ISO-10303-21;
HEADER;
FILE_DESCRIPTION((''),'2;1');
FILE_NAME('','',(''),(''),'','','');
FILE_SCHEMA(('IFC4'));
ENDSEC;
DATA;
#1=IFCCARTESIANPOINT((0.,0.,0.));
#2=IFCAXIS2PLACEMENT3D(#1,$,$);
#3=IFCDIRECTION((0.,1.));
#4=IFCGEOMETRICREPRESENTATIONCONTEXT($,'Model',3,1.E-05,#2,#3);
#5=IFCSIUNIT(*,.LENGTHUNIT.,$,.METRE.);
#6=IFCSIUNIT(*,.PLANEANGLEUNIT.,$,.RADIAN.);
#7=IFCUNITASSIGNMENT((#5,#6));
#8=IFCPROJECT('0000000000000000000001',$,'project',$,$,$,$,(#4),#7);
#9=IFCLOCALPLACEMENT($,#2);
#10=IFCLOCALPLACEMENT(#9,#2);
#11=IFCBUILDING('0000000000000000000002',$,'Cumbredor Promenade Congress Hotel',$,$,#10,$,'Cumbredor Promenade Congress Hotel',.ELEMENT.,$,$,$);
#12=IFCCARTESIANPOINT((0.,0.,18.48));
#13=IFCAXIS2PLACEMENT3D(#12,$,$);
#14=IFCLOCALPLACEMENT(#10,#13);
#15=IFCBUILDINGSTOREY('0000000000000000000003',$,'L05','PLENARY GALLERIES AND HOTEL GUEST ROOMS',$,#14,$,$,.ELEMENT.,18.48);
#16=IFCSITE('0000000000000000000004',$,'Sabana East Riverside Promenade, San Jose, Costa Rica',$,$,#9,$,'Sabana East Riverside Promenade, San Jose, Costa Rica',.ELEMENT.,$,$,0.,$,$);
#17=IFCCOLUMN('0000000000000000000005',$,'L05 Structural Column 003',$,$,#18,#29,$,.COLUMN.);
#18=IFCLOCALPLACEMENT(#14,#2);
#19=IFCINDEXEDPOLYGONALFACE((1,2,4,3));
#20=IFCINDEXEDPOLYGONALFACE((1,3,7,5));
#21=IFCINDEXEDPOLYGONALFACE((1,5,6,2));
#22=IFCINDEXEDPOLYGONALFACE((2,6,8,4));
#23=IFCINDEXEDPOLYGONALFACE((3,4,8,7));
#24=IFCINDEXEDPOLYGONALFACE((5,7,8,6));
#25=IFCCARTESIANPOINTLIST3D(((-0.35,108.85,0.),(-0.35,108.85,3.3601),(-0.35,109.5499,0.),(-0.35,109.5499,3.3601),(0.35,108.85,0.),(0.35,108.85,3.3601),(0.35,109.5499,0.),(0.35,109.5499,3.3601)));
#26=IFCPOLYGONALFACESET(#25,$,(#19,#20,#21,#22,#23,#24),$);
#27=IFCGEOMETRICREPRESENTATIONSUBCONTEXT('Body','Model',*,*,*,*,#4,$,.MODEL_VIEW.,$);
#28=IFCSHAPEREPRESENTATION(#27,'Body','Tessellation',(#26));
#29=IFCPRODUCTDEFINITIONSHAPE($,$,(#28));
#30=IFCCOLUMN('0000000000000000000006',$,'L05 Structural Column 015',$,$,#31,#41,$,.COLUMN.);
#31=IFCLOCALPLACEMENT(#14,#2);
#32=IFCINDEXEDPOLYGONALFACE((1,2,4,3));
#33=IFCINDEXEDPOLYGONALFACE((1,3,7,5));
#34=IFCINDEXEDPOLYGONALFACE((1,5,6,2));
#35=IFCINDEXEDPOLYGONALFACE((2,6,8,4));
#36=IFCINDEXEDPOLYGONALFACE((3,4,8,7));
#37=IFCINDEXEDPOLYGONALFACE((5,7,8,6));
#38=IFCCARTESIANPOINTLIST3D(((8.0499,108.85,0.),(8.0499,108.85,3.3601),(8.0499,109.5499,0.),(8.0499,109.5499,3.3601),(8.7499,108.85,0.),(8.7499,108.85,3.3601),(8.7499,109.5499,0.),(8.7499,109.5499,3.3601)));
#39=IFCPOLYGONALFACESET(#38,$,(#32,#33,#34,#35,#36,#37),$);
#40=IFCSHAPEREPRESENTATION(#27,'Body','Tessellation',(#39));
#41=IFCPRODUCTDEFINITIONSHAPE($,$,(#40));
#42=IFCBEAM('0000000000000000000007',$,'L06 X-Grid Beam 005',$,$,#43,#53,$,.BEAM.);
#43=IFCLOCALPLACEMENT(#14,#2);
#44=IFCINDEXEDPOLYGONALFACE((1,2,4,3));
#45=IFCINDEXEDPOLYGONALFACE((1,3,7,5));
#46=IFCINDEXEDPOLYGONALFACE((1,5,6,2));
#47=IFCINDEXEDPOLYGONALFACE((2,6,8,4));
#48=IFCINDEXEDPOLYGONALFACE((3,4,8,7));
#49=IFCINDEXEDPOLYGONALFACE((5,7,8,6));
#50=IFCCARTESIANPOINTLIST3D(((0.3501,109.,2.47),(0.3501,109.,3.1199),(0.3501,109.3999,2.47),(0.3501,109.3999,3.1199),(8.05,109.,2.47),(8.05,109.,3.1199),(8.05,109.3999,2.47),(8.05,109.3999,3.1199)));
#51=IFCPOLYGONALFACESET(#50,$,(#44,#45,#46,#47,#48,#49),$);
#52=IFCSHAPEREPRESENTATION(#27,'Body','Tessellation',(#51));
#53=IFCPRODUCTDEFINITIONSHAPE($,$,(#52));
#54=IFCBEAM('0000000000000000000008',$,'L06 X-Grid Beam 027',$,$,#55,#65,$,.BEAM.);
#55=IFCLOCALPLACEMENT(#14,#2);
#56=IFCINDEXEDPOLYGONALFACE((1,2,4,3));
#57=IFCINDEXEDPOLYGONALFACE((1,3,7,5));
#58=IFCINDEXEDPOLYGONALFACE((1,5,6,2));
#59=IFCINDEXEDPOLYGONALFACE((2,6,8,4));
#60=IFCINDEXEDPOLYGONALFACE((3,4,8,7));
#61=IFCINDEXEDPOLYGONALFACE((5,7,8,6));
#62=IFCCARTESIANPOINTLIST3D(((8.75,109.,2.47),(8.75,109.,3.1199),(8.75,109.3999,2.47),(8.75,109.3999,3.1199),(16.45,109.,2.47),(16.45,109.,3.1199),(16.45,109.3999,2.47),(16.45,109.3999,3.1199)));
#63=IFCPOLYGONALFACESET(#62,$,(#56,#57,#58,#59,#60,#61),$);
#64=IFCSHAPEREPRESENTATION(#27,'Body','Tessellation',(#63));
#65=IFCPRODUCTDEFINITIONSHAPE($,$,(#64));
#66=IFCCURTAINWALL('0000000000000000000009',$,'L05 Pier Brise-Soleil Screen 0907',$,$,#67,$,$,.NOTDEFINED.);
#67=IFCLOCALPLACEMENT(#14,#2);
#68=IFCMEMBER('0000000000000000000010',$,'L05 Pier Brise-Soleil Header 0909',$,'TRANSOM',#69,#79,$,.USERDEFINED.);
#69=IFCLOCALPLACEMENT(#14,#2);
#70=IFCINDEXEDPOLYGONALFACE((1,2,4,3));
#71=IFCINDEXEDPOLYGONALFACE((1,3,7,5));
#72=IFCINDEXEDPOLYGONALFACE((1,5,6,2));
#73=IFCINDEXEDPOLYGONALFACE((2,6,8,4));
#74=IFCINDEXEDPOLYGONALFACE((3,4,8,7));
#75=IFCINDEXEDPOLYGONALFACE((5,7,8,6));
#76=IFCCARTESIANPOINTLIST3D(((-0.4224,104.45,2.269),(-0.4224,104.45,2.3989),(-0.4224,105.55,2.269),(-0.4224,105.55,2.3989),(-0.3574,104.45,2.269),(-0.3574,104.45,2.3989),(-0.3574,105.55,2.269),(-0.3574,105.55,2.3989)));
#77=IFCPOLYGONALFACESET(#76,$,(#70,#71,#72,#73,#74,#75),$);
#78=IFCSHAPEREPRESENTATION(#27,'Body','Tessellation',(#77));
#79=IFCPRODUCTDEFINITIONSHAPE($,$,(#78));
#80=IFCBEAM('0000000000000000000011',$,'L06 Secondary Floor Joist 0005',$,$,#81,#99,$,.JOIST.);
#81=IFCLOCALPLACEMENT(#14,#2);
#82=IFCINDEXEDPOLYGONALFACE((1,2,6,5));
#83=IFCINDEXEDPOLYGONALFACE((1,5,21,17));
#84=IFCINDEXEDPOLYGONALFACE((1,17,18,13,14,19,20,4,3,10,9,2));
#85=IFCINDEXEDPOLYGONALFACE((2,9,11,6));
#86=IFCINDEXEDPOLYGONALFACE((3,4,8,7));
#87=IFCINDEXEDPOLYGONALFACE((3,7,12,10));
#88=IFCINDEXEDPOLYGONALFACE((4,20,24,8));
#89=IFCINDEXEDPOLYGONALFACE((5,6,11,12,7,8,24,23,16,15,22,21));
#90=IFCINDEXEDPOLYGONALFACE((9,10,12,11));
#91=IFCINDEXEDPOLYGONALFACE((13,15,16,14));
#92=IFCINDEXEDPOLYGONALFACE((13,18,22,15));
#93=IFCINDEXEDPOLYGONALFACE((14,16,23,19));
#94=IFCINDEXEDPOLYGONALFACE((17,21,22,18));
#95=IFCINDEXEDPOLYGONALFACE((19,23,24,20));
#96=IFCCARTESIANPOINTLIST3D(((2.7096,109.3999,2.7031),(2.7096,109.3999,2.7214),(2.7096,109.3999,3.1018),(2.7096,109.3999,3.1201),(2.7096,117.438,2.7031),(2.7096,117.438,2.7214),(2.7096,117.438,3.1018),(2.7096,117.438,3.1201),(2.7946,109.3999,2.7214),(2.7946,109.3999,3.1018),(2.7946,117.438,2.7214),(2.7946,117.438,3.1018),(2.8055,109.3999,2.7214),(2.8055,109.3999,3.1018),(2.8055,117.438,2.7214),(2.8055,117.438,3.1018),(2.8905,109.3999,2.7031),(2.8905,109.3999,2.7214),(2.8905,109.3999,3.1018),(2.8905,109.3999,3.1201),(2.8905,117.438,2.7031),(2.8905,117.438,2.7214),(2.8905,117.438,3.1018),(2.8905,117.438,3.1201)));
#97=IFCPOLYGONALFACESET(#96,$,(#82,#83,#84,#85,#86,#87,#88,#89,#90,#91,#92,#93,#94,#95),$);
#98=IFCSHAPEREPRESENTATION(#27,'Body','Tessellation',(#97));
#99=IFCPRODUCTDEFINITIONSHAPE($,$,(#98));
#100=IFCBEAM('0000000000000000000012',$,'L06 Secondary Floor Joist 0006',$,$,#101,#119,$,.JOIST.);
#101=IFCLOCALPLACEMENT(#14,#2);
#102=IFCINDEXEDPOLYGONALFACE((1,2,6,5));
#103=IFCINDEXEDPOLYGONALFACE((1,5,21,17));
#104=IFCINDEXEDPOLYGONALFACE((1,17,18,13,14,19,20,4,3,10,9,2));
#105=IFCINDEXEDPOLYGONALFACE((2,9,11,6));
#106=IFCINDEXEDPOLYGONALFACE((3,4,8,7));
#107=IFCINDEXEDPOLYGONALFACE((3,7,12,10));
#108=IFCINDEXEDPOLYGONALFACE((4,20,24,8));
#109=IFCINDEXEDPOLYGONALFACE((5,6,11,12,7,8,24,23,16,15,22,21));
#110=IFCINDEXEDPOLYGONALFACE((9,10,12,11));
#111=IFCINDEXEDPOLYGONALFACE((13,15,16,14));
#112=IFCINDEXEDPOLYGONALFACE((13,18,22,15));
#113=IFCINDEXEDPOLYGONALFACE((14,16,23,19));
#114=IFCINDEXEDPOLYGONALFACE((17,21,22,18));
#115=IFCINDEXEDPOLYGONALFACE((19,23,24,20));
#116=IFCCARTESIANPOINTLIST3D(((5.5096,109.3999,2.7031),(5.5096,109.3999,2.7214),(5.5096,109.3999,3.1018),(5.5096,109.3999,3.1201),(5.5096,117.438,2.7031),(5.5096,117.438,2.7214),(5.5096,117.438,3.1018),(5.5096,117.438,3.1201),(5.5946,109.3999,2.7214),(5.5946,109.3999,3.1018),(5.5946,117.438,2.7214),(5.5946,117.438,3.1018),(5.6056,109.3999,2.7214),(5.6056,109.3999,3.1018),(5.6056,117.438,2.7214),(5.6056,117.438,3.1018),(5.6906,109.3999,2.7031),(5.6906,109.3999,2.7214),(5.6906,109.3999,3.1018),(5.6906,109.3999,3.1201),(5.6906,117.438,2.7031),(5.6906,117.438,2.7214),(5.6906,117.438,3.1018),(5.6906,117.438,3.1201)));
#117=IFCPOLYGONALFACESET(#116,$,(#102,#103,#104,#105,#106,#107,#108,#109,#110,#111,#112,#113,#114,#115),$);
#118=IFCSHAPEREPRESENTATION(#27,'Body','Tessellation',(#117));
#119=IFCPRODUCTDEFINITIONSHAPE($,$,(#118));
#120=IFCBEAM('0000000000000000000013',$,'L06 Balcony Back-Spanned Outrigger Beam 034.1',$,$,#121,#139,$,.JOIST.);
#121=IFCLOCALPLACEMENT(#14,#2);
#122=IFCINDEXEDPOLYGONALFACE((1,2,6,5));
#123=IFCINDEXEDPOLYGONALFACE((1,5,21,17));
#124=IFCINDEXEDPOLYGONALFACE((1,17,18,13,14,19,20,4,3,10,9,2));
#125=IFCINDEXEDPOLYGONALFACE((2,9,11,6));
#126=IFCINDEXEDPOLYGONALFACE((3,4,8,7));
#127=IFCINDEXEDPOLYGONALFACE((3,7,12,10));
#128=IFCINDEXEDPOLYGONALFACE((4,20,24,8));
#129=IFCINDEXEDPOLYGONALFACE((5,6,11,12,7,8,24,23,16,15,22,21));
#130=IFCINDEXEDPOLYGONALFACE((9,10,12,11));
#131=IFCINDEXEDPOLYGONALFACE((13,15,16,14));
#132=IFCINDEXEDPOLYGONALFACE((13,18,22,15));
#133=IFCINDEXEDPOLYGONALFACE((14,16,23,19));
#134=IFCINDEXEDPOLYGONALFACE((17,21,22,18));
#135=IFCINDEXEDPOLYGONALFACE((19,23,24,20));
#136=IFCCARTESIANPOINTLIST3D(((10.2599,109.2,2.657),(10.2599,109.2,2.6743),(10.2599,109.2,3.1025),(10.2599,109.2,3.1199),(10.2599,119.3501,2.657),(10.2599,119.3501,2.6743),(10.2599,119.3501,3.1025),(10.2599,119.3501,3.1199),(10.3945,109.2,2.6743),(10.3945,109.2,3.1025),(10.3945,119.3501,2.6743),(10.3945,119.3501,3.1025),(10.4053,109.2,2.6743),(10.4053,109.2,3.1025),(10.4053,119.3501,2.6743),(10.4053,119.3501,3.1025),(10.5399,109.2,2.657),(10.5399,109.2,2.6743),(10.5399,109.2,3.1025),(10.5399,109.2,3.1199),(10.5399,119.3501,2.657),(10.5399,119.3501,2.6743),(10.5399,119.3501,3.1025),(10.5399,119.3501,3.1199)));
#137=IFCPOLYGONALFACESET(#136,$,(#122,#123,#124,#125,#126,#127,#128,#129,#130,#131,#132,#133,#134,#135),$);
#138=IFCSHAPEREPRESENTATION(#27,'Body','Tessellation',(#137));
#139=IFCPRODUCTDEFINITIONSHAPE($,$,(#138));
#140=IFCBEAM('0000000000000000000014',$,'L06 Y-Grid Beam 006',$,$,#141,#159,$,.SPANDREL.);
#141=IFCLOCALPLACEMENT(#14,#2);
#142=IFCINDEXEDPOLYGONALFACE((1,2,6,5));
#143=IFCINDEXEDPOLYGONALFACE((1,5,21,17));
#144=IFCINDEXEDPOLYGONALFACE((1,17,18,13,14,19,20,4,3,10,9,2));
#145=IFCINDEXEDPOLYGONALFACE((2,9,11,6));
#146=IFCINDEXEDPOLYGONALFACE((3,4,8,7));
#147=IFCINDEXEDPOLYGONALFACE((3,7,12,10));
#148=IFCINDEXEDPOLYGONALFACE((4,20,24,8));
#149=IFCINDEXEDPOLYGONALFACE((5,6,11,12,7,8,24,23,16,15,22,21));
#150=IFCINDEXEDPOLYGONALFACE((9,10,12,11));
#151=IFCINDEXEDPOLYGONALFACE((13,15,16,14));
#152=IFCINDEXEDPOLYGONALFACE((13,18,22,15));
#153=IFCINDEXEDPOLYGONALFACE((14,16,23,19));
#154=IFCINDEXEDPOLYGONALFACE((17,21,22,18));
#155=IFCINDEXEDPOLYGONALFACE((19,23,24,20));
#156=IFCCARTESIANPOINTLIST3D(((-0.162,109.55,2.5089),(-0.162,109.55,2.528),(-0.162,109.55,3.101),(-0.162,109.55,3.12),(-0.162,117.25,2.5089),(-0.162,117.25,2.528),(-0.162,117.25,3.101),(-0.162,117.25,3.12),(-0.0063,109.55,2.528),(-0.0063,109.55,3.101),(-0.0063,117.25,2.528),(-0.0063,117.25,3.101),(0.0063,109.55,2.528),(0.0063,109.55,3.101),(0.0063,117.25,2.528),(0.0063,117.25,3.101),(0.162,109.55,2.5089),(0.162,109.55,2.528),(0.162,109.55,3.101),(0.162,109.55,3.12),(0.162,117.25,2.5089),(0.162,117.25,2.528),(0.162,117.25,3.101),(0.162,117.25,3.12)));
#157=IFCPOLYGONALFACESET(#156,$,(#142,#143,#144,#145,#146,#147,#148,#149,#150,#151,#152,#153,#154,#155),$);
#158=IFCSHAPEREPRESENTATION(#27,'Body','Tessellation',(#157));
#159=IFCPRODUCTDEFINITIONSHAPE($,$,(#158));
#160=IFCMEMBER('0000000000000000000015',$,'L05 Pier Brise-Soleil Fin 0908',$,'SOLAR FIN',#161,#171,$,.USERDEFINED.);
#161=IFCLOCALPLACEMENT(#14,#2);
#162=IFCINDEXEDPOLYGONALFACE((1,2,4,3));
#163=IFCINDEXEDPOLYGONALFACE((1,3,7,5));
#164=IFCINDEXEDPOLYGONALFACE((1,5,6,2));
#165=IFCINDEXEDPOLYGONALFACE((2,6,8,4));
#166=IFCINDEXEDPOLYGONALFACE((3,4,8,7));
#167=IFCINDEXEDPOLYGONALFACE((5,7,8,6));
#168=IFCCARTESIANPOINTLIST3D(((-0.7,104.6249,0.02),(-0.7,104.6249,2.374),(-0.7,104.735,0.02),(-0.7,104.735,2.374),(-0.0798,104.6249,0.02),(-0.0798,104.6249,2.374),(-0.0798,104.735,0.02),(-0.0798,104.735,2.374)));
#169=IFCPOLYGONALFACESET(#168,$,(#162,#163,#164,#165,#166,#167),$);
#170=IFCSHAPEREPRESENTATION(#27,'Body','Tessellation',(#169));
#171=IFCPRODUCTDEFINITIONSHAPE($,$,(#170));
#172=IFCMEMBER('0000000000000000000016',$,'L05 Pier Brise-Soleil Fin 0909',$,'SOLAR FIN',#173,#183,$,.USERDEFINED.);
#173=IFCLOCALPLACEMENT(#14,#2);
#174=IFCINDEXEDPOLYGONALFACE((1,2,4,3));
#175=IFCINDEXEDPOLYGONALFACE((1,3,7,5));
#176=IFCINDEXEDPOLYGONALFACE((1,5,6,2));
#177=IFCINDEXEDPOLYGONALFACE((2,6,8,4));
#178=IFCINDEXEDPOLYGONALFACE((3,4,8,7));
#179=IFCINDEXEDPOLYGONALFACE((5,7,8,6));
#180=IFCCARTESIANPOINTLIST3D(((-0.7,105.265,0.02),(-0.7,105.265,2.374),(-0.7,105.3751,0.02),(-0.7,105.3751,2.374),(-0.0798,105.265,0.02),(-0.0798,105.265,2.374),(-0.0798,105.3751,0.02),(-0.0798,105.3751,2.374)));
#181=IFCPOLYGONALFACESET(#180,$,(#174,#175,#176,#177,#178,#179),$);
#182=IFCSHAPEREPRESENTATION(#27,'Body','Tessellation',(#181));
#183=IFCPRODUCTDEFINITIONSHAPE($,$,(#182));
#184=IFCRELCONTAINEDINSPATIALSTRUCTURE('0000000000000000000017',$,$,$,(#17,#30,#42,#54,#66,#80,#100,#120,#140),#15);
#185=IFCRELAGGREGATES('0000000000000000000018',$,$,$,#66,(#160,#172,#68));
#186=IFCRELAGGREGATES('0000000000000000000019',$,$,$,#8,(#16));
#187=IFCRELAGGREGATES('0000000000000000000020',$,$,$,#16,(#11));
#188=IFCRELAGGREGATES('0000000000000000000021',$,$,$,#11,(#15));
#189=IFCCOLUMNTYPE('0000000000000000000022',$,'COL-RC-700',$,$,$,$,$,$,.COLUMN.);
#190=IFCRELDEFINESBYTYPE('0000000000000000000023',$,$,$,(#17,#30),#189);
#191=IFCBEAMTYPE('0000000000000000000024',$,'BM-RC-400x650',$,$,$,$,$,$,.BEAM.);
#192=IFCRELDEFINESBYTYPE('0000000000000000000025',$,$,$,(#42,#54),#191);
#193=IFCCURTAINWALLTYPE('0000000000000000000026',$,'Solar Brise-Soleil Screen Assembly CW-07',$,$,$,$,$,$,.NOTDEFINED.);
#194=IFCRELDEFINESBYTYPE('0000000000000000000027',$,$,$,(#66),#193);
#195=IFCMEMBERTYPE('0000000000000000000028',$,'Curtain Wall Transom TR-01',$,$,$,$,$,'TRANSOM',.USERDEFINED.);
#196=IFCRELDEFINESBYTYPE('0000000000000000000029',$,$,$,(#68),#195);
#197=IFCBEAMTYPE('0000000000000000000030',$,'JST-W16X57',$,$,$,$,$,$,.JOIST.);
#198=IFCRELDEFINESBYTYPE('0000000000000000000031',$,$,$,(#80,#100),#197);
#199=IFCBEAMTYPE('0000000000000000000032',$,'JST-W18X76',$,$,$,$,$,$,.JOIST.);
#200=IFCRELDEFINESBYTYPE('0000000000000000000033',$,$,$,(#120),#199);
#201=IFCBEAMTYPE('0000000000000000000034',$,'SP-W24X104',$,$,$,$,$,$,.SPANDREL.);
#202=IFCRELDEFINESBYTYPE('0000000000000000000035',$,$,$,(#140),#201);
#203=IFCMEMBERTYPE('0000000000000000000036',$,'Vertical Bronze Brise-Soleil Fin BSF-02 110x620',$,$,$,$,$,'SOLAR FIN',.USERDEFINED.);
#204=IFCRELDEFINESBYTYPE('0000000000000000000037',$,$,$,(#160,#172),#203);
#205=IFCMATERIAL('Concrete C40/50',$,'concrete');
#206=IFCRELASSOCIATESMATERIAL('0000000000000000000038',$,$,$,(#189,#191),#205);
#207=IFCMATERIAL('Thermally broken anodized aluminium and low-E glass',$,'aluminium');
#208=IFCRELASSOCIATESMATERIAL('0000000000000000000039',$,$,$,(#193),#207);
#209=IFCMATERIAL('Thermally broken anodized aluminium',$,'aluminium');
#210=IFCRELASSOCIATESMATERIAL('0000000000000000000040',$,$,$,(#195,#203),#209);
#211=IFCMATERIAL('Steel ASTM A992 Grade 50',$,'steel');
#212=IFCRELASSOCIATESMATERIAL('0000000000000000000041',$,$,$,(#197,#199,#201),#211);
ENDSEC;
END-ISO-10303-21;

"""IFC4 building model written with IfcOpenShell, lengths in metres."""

from ifc_helpers import new_model, si_unit, direction, frame, origin, origin_2d, place, context, subcontext, project, spatial, rectangle, i_section, extrude, material, material_profile, profile_set, type_object, element, aggregate, save


model = new_model("IFC4")

# Units and contexts
model_context = context("Model", 3, precision=1e-05, world=origin(), true_north=direction((0.0, 1.0)))
body_context = subcontext(model_context, "Body", "Model", "MODEL_VIEW")
ifc_project = project(units=[si_unit("LENGTHUNIT", "METRE"), si_unit("PLANEANGLEUNIT", "RADIAN")], contexts=[model_context])

# Site, building, storey
site_placement = place(None, origin())
site = spatial("IfcSite", under=ifc_project, at=site_placement, Name="Sabana East Riverside Promenade, San Jose, Costa Rica", LongName="Sabana East Riverside Promenade, San Jose, Costa Rica", CompositionType="ELEMENT", RefElevation=0.0)
building_placement = place(site_placement, origin())
building = spatial("IfcBuilding", under=site, at=building_placement, Name="Cumbredor Promenade Congress Hotel", LongName="Cumbredor Promenade Congress Hotel", CompositionType="ELEMENT")
storey_placement = place(building_placement, frame((0.0, 0.0, 18.48)))
storey = spatial("IfcBuildingStorey", under=building, at=storey_placement, Name="L05", Description="PLENARY GALLERIES AND HOTEL GUEST ROOMS", CompositionType="ELEMENT", Elevation=18.48)

# Columns
ifc_material_1 = material(Name="Concrete C40/50", Category="concrete")
ifc_material_profile_1 = material_profile(ifc_material_1, rectangle(XDim=0.7, YDim=0.7, at=origin_2d()), Name="RC 700x700")
ifc_profile_set_1 = profile_set([ifc_material_profile_1], Name="Concrete C40/50")
column_type = type_object("IfcColumnType", Name="COL-RC-700", PredefinedType="COLUMN", material=ifc_profile_set_1)
for number, where, z_axis, x_axis, name in (
    (1, (0.0, 109.2, 0.0), (0.0, 0.0, 1.0), (1.0, 0.0, 0.0), "L05 Structural Column 003"),
    (2, (8.3999, 109.2, 0.0), (0.0, 0.0, 1.0), (1.0, 0.0, 0.0), "L05 Structural Column 015"),
):
    element("IfcColumn", number, at=place(storey_placement, frame(where, z_axis=z_axis, x_axis=x_axis)), inside=storey, type_object=column_type, Name=name, PredefinedType="COLUMN", context=body_context, shape_type="SweptSolid", body=[
        extrude(rectangle(XDim=0.7, YDim=0.7, at=origin_2d()), origin(), (0.0, 0.0, 1.0), 3.3601),
    ])

# Beams
ifc_material_profile_2 = material_profile(ifc_material_1, rectangle(XDim=0.3999, YDim=0.6499, at=origin_2d()), Name="RC BEAM 400x650")
ifc_profile_set_2 = profile_set([ifc_material_profile_2], Name="Concrete C40/50")
beam_type_1 = type_object("IfcBeamType", Name="BM-RC-400x650", PredefinedType="BEAM", material=ifc_profile_set_2)
for number, where, z_axis, x_axis, name in (
    (3, (0.3501, 109.2, 2.7949), (1.0, 0.0, 0.0), (0.0, 1.0, 0.0), "L06 X-Grid Beam 005"),
    (4, (8.75, 109.2, 2.7949), (1.0, 0.0, 0.0), (0.0, 1.0, 0.0), "L06 X-Grid Beam 027"),
):
    element("IfcBeam", number, at=place(storey_placement, frame(where, z_axis=z_axis, x_axis=x_axis)), inside=storey, type_object=beam_type_1, Name=name, PredefinedType="BEAM", context=body_context, shape_type="SweptSolid", body=[
        extrude(rectangle(XDim=0.3999, YDim=0.6499, at=origin_2d()), origin(), (0.0, 0.0, 1.0), 7.7),
    ])

# Curtain wall, member
ifc_material_2 = material(Name="Thermally broken anodized aluminium and low-E glass", Category="aluminium")
curtain_wall_type = type_object("IfcCurtainWallType", Name="Solar Brise-Soleil Screen Assembly CW-07", PredefinedType="NOTDEFINED", material=ifc_material_2)
curtain_wall_placement = place(storey_placement, origin())
curtain_wall = element("IfcCurtainWall", 5, at=curtain_wall_placement, inside=storey, type_object=curtain_wall_type, Name="L05 Pier Brise-Soleil Screen 0907", PredefinedType="NOTDEFINED")
ifc_material_3 = material(Name="Thermally broken anodized aluminium", Category="aluminium")
ifc_material_profile_3 = material_profile(ifc_material_3, rectangle(XDim=0.0649, YDim=0.1299, at=origin_2d()), Name="ALU TRANSOM 65x130")
ifc_profile_set_3 = profile_set([ifc_material_profile_3], Name="Thermally broken anodized aluminium")
member_type_1 = type_object("IfcMemberType", Name="Curtain Wall Transom TR-01", ElementType="TRANSOM", PredefinedType="USERDEFINED", material=ifc_profile_set_3)
member_1_placement = place(storey_placement, frame((-0.3899, 104.45, 2.334), z_axis=(0.0, 1.0, 0.0), x_axis=(-1.0, 0.0, 0.0)))
member_1 = element("IfcMember", 6, at=member_1_placement, type_object=member_type_1, Name="L05 Pier Brise-Soleil Header 0909", ObjectType="TRANSOM", PredefinedType="USERDEFINED", context=body_context, shape_type="SweptSolid", body=[
    extrude(rectangle(XDim=0.0649, YDim=0.1299, at=origin_2d()), origin(), (0.0, 0.0, 1.0), 1.1001),
])

# Beams
ifc_material_4 = material(Name="Steel ASTM A992 Grade 50", Category="steel")
ifc_material_profile_4 = material_profile(ifc_material_4, i_section(OverallWidth=0.1809, OverallDepth=0.417, WebThickness=0.011, FlangeThickness=0.0183, at=origin_2d()), Name="W16X57")
ifc_profile_set_4 = profile_set([ifc_material_profile_4], Name="Steel ASTM A992 Grade 50")
beam_type_2 = type_object("IfcBeamType", Name="JST-W16X57", PredefinedType="JOIST", material=ifc_profile_set_4)
for number, where, z_axis, x_axis, name in (
    (7, (2.8, 109.3999, 2.9116), (0.0, 1.0, 0.0), (-1.0, 0.0, 0.0), "L06 Secondary Floor Joist 0005"),
    (8, (5.6001, 109.3999, 2.9116), (0.0, 1.0, 0.0), (-1.0, 0.0, 0.0), "L06 Secondary Floor Joist 0006"),
):
    element("IfcBeam", number, at=place(storey_placement, frame(where, z_axis=z_axis, x_axis=x_axis)), inside=storey, type_object=beam_type_2, Name=name, PredefinedType="JOIST", context=body_context, shape_type="SweptSolid", body=[
        extrude(i_section(OverallWidth=0.1809, OverallDepth=0.417, WebThickness=0.011, FlangeThickness=0.0183, at=origin_2d()), origin(), (0.0, 0.0, 1.0), 8.0381),
    ])
ifc_material_profile_5 = material_profile(ifc_material_4, i_section(OverallWidth=0.28, OverallDepth=0.4629, WebThickness=0.0107, FlangeThickness=0.0173, at=origin_2d()), Name="W18X76")
ifc_profile_set_5 = profile_set([ifc_material_profile_5], Name="Steel ASTM A992 Grade 50")
beam_type_3 = type_object("IfcBeamType", Name="JST-W18X76", PredefinedType="JOIST", material=ifc_profile_set_5)
beam_1_placement = place(storey_placement, frame((10.3999, 109.2, 2.8884), z_axis=(0.0, 1.0, 0.0), x_axis=(-1.0, 0.0, 0.0)))
element("IfcBeam", 9, at=beam_1_placement, inside=storey, type_object=beam_type_3, Name="L06 Balcony Back-Spanned Outrigger Beam 034.1", PredefinedType="JOIST", context=body_context, shape_type="SweptSolid", body=[
    extrude(i_section(OverallWidth=0.28, OverallDepth=0.4629, WebThickness=0.0107, FlangeThickness=0.0173, at=origin_2d()), origin(), (0.0, 0.0, 1.0), 10.1501),
])
ifc_material_profile_6 = material_profile(ifc_material_4, i_section(OverallWidth=0.324, OverallDepth=0.6111, WebThickness=0.0127, FlangeThickness=0.019, at=origin_2d()), Name="W24X104")
ifc_profile_set_6 = profile_set([ifc_material_profile_6], Name="Steel ASTM A992 Grade 50")
beam_type_4 = type_object("IfcBeamType", Name="SP-W24X104", PredefinedType="SPANDREL", material=ifc_profile_set_6)
beam_2_placement = place(storey_placement, frame((0.0, 109.55, 2.8145), z_axis=(0.0, 1.0, 0.0), x_axis=(-1.0, 0.0, 0.0)))
element("IfcBeam", 10, at=beam_2_placement, inside=storey, type_object=beam_type_4, Name="L06 Y-Grid Beam 006", PredefinedType="SPANDREL", context=body_context, shape_type="SweptSolid", body=[
    extrude(i_section(OverallWidth=0.324, OverallDepth=0.6111, WebThickness=0.0127, FlangeThickness=0.019, at=origin_2d()), origin(), (0.0, 0.0, 1.0), 7.7),
])

# Members
ifc_material_profile_7 = material_profile(ifc_material_3, rectangle(XDim=0.1101, YDim=0.6201, at=origin_2d()), Name="ARCH FIN 110x620")
ifc_profile_set_7 = profile_set([ifc_material_profile_7], Name="Thermally broken anodized aluminium")
member_type_2 = type_object("IfcMemberType", Name="Vertical Bronze Brise-Soleil Fin BSF-02 110x620", ElementType="SOLAR FIN", PredefinedType="USERDEFINED", material=ifc_profile_set_7)
member_2_placement = place(storey_placement, frame((-0.3899, 104.6799, 0.02), z_axis=(0.0, 0.0, 1.0), x_axis=(0.0, 1.0, 0.0)))
member_2 = element("IfcMember", 11, at=member_2_placement, type_object=member_type_2, Name="L05 Pier Brise-Soleil Fin 0908", ObjectType="SOLAR FIN", PredefinedType="USERDEFINED", context=body_context, shape_type="SweptSolid", body=[
    extrude(rectangle(XDim=0.1101, YDim=0.6201, at=origin_2d()), origin(), (0.0, 0.0, 1.0), 2.354),
])
member_3_placement = place(storey_placement, frame((-0.3899, 105.3201, 0.02), z_axis=(0.0, 0.0, 1.0), x_axis=(0.0, 1.0, 0.0)))
member_3 = element("IfcMember", 12, at=member_3_placement, type_object=member_type_2, Name="L05 Pier Brise-Soleil Fin 0909", ObjectType="SOLAR FIN", PredefinedType="USERDEFINED", context=body_context, shape_type="SweptSolid", body=[
    extrude(rectangle(XDim=0.1101, YDim=0.6201, at=origin_2d()), origin(), (0.0, 0.0, 1.0), 2.354),
])
aggregate(curtain_wall, [member_2, member_3, member_1])

save(model, "model.ifc")
